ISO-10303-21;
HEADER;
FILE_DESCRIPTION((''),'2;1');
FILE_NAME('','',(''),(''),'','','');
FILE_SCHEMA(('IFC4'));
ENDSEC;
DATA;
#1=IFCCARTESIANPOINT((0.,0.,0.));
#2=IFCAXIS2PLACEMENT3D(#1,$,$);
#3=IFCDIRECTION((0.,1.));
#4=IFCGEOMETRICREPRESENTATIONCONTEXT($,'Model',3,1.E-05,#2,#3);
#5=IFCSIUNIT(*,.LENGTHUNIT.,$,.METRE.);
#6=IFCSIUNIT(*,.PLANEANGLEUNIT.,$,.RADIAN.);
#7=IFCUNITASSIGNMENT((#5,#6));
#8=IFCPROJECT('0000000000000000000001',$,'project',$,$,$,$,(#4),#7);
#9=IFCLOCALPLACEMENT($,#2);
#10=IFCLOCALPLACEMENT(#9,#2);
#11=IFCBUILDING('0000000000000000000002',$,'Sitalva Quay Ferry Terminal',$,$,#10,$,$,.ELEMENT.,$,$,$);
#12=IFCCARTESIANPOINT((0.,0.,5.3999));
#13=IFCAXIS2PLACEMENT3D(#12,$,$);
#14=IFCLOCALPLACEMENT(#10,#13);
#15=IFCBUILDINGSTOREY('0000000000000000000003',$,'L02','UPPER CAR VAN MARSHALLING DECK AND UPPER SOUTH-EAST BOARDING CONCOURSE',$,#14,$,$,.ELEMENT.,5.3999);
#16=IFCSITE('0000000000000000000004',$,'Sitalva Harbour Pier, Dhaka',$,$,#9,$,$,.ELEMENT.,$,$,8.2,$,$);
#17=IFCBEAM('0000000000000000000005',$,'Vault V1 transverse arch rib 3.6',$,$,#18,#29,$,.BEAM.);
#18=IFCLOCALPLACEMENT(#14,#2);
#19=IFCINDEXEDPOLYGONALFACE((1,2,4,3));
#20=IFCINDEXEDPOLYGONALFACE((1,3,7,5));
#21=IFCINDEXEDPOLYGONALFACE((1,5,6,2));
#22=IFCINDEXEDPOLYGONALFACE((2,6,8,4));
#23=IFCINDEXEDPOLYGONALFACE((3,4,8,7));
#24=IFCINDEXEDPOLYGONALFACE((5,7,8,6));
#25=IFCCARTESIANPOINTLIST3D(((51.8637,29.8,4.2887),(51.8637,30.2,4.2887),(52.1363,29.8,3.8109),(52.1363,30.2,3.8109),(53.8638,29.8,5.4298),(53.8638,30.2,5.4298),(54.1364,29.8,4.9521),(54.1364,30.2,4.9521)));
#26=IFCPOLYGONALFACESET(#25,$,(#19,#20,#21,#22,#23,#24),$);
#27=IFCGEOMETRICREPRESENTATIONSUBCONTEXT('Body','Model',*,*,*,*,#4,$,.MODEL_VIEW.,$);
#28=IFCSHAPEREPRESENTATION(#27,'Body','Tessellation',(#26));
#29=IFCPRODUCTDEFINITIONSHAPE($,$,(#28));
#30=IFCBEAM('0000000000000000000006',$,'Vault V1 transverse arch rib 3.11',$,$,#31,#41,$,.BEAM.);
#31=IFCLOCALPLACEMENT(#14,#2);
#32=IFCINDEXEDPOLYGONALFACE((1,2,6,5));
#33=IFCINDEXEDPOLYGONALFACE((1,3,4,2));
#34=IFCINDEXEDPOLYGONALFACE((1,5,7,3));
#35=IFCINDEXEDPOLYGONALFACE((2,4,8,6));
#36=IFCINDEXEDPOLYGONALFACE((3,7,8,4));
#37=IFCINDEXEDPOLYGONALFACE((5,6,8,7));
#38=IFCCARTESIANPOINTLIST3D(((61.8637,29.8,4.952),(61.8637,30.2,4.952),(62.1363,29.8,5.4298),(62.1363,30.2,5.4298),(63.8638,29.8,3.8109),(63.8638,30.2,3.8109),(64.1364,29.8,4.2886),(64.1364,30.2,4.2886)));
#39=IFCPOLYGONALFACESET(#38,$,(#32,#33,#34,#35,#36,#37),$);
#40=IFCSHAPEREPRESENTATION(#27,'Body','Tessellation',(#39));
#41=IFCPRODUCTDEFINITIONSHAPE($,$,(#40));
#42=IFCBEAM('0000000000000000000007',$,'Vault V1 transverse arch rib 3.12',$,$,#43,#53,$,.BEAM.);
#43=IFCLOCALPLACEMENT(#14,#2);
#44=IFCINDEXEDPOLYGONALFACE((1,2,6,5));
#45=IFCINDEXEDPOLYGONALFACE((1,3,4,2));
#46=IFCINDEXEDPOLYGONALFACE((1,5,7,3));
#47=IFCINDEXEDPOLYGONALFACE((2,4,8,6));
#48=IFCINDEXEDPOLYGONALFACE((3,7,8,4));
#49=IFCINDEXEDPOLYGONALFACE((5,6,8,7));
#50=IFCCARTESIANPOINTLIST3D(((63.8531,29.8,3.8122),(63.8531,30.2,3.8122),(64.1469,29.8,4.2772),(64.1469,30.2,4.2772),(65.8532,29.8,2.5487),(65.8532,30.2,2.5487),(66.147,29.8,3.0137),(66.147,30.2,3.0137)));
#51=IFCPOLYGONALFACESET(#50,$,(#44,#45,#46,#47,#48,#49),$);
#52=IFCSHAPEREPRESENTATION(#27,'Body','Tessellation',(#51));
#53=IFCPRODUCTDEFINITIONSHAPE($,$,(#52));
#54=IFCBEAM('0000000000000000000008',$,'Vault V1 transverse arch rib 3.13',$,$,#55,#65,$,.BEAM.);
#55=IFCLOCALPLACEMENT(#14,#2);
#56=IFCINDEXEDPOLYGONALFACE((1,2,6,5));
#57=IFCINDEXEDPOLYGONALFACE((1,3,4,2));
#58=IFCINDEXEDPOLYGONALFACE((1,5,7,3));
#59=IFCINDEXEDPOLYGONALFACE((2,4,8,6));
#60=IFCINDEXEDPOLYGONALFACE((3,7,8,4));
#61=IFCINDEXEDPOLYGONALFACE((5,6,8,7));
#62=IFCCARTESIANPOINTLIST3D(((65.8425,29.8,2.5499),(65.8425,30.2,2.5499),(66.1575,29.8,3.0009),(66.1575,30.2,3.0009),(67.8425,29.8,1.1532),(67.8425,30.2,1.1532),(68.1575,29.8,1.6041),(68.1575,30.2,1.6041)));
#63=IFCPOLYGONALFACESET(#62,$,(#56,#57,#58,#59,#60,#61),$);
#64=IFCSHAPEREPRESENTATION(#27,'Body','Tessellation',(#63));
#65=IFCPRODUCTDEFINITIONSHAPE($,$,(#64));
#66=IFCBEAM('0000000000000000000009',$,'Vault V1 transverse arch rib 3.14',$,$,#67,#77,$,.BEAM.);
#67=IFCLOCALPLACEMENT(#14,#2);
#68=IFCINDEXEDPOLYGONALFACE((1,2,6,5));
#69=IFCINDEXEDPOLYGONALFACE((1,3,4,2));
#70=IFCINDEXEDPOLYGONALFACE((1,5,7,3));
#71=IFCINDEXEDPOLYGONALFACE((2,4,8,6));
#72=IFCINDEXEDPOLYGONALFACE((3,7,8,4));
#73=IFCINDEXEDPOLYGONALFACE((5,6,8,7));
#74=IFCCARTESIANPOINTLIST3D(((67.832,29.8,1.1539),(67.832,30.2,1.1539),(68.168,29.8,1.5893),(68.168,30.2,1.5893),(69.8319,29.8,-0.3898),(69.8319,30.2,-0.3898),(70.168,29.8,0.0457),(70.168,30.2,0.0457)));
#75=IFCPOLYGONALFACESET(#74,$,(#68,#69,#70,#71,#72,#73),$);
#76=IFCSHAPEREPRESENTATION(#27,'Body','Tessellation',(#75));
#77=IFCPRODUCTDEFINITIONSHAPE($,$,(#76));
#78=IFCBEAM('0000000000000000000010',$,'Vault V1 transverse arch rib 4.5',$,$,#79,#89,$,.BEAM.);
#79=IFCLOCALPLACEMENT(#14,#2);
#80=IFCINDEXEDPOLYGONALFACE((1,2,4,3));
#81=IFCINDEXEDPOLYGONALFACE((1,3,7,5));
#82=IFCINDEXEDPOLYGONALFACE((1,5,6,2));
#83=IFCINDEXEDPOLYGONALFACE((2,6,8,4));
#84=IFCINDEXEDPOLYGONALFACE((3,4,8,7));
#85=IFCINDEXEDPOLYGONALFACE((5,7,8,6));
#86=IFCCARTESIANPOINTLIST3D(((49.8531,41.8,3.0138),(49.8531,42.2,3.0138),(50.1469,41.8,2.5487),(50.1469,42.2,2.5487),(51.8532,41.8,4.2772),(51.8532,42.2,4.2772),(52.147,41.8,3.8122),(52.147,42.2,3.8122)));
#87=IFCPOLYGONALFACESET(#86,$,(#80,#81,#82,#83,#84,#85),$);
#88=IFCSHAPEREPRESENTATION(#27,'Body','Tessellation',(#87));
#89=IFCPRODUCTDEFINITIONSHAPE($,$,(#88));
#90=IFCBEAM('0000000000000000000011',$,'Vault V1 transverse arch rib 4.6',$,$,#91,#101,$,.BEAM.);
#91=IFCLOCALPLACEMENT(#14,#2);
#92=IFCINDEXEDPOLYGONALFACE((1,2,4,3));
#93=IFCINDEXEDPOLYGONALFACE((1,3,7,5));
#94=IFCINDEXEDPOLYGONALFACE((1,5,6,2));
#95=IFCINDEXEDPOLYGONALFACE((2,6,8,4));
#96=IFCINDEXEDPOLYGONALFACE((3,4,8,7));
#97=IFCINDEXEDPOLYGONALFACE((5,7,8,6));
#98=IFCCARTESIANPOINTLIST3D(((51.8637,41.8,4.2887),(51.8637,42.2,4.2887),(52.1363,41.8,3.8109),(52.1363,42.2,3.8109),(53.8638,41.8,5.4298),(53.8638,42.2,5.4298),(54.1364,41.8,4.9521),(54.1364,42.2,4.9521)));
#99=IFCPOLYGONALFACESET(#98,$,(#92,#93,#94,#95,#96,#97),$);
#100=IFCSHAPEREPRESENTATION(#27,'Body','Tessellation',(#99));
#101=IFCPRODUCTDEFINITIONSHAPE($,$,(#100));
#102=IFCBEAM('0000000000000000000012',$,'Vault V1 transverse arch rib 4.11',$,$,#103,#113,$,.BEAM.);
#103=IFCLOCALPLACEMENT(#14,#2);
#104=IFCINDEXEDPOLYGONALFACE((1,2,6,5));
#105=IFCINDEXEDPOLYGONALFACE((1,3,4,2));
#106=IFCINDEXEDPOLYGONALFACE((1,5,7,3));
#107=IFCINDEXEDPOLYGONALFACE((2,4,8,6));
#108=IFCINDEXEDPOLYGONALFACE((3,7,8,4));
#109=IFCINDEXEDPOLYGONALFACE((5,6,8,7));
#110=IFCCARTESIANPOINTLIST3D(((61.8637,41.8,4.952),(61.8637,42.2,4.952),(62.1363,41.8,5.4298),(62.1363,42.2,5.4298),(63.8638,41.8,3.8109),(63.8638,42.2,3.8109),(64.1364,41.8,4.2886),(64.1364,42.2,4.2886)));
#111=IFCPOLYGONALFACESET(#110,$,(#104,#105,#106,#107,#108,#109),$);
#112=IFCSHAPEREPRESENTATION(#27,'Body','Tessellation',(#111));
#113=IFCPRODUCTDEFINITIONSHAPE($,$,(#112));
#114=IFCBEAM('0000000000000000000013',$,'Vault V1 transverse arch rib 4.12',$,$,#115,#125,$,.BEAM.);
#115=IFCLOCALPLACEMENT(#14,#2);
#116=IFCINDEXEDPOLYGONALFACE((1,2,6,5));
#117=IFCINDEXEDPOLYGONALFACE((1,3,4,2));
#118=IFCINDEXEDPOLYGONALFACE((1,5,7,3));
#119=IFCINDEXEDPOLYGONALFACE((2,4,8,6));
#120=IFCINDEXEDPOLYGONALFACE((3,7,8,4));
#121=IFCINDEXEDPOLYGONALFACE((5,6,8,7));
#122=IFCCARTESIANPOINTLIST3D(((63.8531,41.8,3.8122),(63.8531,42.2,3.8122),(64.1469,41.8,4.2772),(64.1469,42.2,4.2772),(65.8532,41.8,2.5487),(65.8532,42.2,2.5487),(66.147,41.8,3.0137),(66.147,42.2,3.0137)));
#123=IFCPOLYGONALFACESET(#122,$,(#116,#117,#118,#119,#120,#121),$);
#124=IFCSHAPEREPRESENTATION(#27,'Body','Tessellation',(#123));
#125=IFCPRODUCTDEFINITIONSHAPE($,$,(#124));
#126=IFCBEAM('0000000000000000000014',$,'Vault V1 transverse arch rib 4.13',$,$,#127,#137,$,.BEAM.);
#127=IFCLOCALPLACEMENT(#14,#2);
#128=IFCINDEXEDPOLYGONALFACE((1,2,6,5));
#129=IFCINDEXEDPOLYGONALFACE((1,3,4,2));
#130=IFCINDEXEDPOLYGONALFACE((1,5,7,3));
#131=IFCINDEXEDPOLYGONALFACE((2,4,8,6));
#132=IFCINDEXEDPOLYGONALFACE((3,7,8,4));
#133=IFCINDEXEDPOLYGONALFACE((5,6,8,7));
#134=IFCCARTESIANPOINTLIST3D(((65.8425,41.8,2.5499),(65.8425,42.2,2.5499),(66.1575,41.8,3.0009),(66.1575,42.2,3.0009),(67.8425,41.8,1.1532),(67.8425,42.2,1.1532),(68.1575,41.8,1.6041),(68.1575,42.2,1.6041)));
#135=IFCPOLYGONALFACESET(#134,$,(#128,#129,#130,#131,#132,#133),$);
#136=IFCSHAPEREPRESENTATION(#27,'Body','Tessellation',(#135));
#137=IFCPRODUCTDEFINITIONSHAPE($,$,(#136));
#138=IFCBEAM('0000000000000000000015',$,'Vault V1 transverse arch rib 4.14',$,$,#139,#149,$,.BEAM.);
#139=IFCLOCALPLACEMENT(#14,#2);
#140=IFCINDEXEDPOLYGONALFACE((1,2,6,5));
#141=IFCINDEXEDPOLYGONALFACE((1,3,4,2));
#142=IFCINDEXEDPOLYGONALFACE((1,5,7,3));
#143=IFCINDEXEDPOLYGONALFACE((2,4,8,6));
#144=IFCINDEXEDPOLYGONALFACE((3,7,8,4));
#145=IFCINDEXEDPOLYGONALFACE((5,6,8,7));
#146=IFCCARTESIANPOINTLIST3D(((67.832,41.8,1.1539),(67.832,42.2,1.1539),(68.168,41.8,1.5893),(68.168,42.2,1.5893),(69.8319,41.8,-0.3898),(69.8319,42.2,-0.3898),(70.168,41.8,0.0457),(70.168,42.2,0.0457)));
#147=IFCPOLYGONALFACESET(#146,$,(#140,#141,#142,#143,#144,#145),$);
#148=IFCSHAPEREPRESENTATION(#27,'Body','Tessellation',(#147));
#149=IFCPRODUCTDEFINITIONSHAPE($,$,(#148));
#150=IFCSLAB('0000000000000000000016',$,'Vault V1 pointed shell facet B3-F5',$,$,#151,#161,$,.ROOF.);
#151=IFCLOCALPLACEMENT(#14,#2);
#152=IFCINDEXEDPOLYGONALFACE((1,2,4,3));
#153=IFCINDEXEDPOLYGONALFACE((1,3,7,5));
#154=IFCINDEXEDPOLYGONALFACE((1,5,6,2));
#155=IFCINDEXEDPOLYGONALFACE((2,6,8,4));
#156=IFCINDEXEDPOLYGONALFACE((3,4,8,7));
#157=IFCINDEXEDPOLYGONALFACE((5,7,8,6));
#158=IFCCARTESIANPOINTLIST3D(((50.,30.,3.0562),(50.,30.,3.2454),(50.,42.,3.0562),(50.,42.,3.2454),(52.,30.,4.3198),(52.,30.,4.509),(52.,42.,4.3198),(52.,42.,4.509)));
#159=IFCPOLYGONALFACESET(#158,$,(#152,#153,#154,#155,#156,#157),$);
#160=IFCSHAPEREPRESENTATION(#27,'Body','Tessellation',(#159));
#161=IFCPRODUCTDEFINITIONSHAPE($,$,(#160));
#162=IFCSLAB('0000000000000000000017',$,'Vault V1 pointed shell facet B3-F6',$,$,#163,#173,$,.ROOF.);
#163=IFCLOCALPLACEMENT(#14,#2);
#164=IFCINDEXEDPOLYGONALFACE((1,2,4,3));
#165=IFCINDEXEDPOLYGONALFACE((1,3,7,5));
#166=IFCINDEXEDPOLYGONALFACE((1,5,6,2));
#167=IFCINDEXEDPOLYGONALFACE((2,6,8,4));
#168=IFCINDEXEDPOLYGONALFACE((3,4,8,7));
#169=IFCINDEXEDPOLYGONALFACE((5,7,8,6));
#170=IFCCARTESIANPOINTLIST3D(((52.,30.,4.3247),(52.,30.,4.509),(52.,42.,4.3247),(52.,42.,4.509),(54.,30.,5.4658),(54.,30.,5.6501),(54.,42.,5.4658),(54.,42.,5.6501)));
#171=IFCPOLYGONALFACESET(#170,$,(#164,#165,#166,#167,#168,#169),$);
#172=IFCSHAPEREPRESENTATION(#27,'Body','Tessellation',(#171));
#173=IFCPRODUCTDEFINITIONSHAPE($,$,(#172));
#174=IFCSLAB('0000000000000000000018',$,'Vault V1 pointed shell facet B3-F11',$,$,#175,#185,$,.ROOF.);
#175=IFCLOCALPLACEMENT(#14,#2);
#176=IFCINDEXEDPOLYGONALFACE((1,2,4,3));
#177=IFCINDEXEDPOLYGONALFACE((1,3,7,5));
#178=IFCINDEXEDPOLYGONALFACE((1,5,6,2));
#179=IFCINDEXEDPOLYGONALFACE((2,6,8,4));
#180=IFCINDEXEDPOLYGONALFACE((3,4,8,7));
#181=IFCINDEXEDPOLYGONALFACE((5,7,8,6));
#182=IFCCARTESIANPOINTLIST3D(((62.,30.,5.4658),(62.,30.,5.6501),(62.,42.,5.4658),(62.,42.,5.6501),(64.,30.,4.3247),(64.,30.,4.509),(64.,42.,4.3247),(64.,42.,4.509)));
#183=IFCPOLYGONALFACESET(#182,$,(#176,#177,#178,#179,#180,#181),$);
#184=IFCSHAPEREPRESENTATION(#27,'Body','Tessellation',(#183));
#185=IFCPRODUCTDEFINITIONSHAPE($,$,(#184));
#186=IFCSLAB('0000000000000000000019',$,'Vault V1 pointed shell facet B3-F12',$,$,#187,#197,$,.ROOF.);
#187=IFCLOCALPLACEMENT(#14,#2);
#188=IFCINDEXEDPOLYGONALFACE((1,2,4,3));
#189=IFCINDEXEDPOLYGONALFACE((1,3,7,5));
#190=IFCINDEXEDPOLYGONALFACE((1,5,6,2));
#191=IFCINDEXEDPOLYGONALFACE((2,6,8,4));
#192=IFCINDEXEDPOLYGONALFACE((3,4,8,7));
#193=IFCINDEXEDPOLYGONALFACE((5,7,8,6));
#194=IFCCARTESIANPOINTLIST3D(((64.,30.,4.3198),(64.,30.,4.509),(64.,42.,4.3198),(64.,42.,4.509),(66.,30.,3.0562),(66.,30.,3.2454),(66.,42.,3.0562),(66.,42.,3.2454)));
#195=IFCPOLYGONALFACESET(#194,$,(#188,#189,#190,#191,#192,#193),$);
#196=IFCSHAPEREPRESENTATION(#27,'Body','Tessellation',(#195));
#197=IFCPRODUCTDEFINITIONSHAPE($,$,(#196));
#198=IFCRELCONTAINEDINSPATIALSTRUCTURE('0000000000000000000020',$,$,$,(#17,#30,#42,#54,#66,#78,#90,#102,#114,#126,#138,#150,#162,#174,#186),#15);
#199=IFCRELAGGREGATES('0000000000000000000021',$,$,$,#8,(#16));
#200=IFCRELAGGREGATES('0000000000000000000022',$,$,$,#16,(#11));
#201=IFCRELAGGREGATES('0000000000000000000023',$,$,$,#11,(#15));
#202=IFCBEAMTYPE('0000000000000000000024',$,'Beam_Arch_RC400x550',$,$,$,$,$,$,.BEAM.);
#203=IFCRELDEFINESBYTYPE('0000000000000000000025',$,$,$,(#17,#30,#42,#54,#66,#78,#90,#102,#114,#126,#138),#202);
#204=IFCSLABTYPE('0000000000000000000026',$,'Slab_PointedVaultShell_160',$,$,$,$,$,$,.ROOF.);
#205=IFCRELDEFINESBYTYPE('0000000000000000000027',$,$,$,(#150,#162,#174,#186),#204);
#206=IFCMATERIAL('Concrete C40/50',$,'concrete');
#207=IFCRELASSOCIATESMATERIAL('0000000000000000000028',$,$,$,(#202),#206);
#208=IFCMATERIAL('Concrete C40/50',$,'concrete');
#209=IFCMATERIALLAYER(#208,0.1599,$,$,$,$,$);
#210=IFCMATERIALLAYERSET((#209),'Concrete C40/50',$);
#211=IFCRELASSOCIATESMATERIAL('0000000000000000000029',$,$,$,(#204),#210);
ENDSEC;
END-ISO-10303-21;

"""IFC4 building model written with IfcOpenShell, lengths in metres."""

from ifc_helpers import new_model, si_unit, direction, frame, origin, origin_2d, place, context, subcontext, project, spatial, polyline, rectangle, outline, extrude, material, layer, layer_set, material_profile, profile_set, type_object, element, save


model = new_model("IFC4")

# Units and contexts
model_context = context("Model", 3, precision=1e-05, world=origin(), true_north=direction((0.0, 1.0)))
body_context = subcontext(model_context, "Body", "Model", "MODEL_VIEW")
ifc_project = project(units=[si_unit("LENGTHUNIT", "METRE"), si_unit("PLANEANGLEUNIT", "RADIAN")], contexts=[model_context])

# Site, building, storey
site_placement = place(None, origin())
site = spatial("IfcSite", under=ifc_project, at=site_placement, Name="Sitalva Harbour Pier, Dhaka", CompositionType="ELEMENT", RefElevation=8.2)
building_placement = place(site_placement, origin())
building = spatial("IfcBuilding", under=site, at=building_placement, Name="Sitalva Quay Ferry Terminal", CompositionType="ELEMENT")
storey_placement = place(building_placement, frame((0.0, 0.0, 5.3999)))
storey = spatial("IfcBuildingStorey", under=building, at=storey_placement, Name="L02", Description="UPPER CAR VAN MARSHALLING DECK AND UPPER SOUTH-EAST BOARDING CONCOURSE", CompositionType="ELEMENT", Elevation=5.3999)

# Beams
ifc_material_1 = material(Name="Concrete C40/50", Category="concrete")
ifc_material_profile = material_profile(ifc_material_1, rectangle(XDim=0.3999, YDim=0.55, at=origin_2d()), Name="RC400x550")
ifc_profile_set = profile_set([ifc_material_profile], Name="Concrete C40/50")
beam_type = type_object("IfcBeamType", Name="Beam_Arch_RC400x550", PredefinedType="BEAM", material=ifc_profile_set)
for number, where, z_axis, x_axis, name in (
    (1, (52.0, 30.0, 4.0498), (0.868569, 0.0, 0.495568), (0.0, 1.0, 0.0), "Vault V1 transverse arch rib 3.6"),
    (2, (62.0, 30.0, 5.1909), (0.868569, 0.0, -0.495568), (0.0, 1.0, 0.0), "Vault V1 transverse arch rib 3.11"),
):
    element("IfcBeam", number, at=place(storey_placement, frame(where, z_axis=z_axis, x_axis=x_axis)), inside=storey, type_object=beam_type, Name=name, PredefinedType="BEAM", context=body_context, shape_type="SweptSolid", body=[
        extrude(rectangle(XDim=0.3999, YDim=0.55, at=origin_2d()), origin(), (0.0, 0.0, 1.0), 2.3027),
    ])
beam_1_placement = place(storey_placement, frame((64.0, 30.0, 4.0447), z_axis=(0.845437, 0.0, -0.534075), x_axis=(0.0, 1.0, 0.0)))
element("IfcBeam", 3, at=beam_1_placement, inside=storey, type_object=beam_type, Name="Vault V1 transverse arch rib 3.12", PredefinedType="BEAM", context=body_context, shape_type="SweptSolid", body=[
    extrude(rectangle(XDim=0.3999, YDim=0.55, at=origin_2d()), origin(), (0.0, 0.0, 1.0), 2.3657),
])
beam_2_placement = place(storey_placement, frame((66.0, 30.0, 2.7754), z_axis=(0.819861, 0.0, -0.572562), x_axis=(0.0, 1.0, 0.0)))
element("IfcBeam", 4, at=beam_2_placement, inside=storey, type_object=beam_type, Name="Vault V1 transverse arch rib 3.13", PredefinedType="BEAM", context=body_context, shape_type="SweptSolid", body=[
    extrude(rectangle(XDim=0.3999, YDim=0.55, at=origin_2d()), origin(), (0.0, 0.0, 1.0), 2.4395),
])
beam_3_placement = place(storey_placement, frame((68.0, 30.0, 1.3716), z_axis=(0.791621, 0.0, -0.611013), x_axis=(0.0, 1.0, 0.0)))
element("IfcBeam", 5, at=beam_3_placement, inside=storey, type_object=beam_type, Name="Vault V1 transverse arch rib 3.14", PredefinedType="BEAM", context=body_context, shape_type="SweptSolid", body=[
    extrude(rectangle(XDim=0.3999, YDim=0.55, at=origin_2d()), origin(), (0.0, 0.0, 1.0), 2.5264),
])
beam_4_placement = place(storey_placement, frame((50.0, 42.0, 2.7812), z_axis=(0.845437, 0.0, 0.534075), x_axis=(0.0, 1.0, 0.0)))
element("IfcBeam", 6, at=beam_4_placement, inside=storey, type_object=beam_type, Name="Vault V1 transverse arch rib 4.5", PredefinedType="BEAM", context=body_context, shape_type="SweptSolid", body=[
    extrude(rectangle(XDim=0.3999, YDim=0.55, at=origin_2d()), origin(), (0.0, 0.0, 1.0), 2.3657),
])
for number, where, z_axis, x_axis, name in (
    (7, (52.0, 42.0, 4.0498), (0.868569, 0.0, 0.495568), (0.0, 1.0, 0.0), "Vault V1 transverse arch rib 4.6"),
    (8, (62.0, 42.0, 5.1909), (0.868569, 0.0, -0.495568), (0.0, 1.0, 0.0), "Vault V1 transverse arch rib 4.11"),
):
    element("IfcBeam", number, at=place(storey_placement, frame(where, z_axis=z_axis, x_axis=x_axis)), inside=storey, type_object=beam_type, Name=name, PredefinedType="BEAM", context=body_context, shape_type="SweptSolid", body=[
        extrude(rectangle(XDim=0.3999, YDim=0.55, at=origin_2d()), origin(), (0.0, 0.0, 1.0), 2.3027),
    ])
beam_5_placement = place(storey_placement, frame((64.0, 42.0, 4.0447), z_axis=(0.845437, 0.0, -0.534075), x_axis=(0.0, 1.0, 0.0)))
element("IfcBeam", 9, at=beam_5_placement, inside=storey, type_object=beam_type, Name="Vault V1 transverse arch rib 4.12", PredefinedType="BEAM", context=body_context, shape_type="SweptSolid", body=[
    extrude(rectangle(XDim=0.3999, YDim=0.55, at=origin_2d()), origin(), (0.0, 0.0, 1.0), 2.3657),
])
beam_6_placement = place(storey_placement, frame((66.0, 42.0, 2.7754), z_axis=(0.819861, 0.0, -0.572562), x_axis=(0.0, 1.0, 0.0)))
element("IfcBeam", 10, at=beam_6_placement, inside=storey, type_object=beam_type, Name="Vault V1 transverse arch rib 4.13", PredefinedType="BEAM", context=body_context, shape_type="SweptSolid", body=[
    extrude(rectangle(XDim=0.3999, YDim=0.55, at=origin_2d()), origin(), (0.0, 0.0, 1.0), 2.4395),
])
beam_7_placement = place(storey_placement, frame((68.0, 42.0, 1.3716), z_axis=(0.791621, 0.0, -0.611013), x_axis=(0.0, 1.0, 0.0)))
element("IfcBeam", 11, at=beam_7_placement, inside=storey, type_object=beam_type, Name="Vault V1 transverse arch rib 4.14", PredefinedType="BEAM", context=body_context, shape_type="SweptSolid", body=[
    extrude(rectangle(XDim=0.3999, YDim=0.55, at=origin_2d()), origin(), (0.0, 0.0, 1.0), 2.5264),
])

# Slabs
ifc_material_2 = material(Name="Concrete C40/50", Category="concrete")
ifc_layer = layer(ifc_material_2, 0.1599)
ifc_layer_set = layer_set([ifc_layer], Name="Concrete C40/50")
slab_type = type_object("IfcSlabType", Name="Slab_PointedVaultShell_160", PredefinedType="ROOF", material=ifc_layer_set)
slab_1_placement = place(storey_placement, frame((50.0, 30.0, 3.2454), z_axis=(-0.534148, 0.0, 0.845391), x_axis=(0.845391, 0.0, 0.534148)))
element("IfcSlab", 12, at=slab_1_placement, inside=storey, type_object=slab_type, Name="Vault V1 pointed shell facet B3-F5", PredefinedType="ROOF", context=body_context, shape_type="SweptSolid", body=[
    extrude(outline(polyline([(0.0, 0.0), (2.3658, 0.0), (2.3658, 12.0), (0.0, 12.0), (0.0, 0.0)])), origin(), (-0.534148, 0.0, -0.845391), 0.1892),
])
slab_2_placement = place(storey_placement, frame((52.0, 30.0, 4.509), z_axis=(-0.495568, 0.0, 0.868569), x_axis=(0.868569, 0.0, 0.495568)))
element("IfcSlab", 13, at=slab_2_placement, inside=storey, type_object=slab_type, Name="Vault V1 pointed shell facet B3-F6", PredefinedType="ROOF", context=body_context, shape_type="SweptSolid", body=[
    extrude(outline(polyline([(0.0, 0.0), (2.3026, 0.0), (2.3026, 12.0), (0.0, 12.0), (0.0, 0.0)])), origin(), (-0.495568, 0.0, -0.868569), 0.1843),
])
slab_3_placement = place(storey_placement, frame((62.0, 30.0, 5.6501), z_axis=(0.495568, 0.0, 0.868569), x_axis=(0.868569, 0.0, -0.495568)))
element("IfcSlab", 14, at=slab_3_placement, inside=storey, type_object=slab_type, Name="Vault V1 pointed shell facet B3-F11", PredefinedType="ROOF", context=body_context, shape_type="SweptSolid", body=[
    extrude(outline(polyline([(0.0, 0.0), (2.3026, 0.0), (2.3026, 12.0), (0.0, 12.0), (0.0, 0.0)])), origin(), (0.495568, 0.0, -0.868569), 0.1843),
])
slab_4_placement = place(storey_placement, frame((64.0, 30.0, 4.509), z_axis=(0.534148, 0.0, 0.845391), x_axis=(0.845391, 0.0, -0.534148)))
element("IfcSlab", 15, at=slab_4_placement, inside=storey, type_object=slab_type, Name="Vault V1 pointed shell facet B3-F12", PredefinedType="ROOF", context=body_context, shape_type="SweptSolid", body=[
    extrude(outline(polyline([(0.0, 0.0), (2.3658, 0.0), (2.3658, 12.0), (0.0, 12.0), (0.0, 0.0)])), origin(), (0.534148, 0.0, -0.845391), 0.1892),
])

save(model, "model.ifc")
